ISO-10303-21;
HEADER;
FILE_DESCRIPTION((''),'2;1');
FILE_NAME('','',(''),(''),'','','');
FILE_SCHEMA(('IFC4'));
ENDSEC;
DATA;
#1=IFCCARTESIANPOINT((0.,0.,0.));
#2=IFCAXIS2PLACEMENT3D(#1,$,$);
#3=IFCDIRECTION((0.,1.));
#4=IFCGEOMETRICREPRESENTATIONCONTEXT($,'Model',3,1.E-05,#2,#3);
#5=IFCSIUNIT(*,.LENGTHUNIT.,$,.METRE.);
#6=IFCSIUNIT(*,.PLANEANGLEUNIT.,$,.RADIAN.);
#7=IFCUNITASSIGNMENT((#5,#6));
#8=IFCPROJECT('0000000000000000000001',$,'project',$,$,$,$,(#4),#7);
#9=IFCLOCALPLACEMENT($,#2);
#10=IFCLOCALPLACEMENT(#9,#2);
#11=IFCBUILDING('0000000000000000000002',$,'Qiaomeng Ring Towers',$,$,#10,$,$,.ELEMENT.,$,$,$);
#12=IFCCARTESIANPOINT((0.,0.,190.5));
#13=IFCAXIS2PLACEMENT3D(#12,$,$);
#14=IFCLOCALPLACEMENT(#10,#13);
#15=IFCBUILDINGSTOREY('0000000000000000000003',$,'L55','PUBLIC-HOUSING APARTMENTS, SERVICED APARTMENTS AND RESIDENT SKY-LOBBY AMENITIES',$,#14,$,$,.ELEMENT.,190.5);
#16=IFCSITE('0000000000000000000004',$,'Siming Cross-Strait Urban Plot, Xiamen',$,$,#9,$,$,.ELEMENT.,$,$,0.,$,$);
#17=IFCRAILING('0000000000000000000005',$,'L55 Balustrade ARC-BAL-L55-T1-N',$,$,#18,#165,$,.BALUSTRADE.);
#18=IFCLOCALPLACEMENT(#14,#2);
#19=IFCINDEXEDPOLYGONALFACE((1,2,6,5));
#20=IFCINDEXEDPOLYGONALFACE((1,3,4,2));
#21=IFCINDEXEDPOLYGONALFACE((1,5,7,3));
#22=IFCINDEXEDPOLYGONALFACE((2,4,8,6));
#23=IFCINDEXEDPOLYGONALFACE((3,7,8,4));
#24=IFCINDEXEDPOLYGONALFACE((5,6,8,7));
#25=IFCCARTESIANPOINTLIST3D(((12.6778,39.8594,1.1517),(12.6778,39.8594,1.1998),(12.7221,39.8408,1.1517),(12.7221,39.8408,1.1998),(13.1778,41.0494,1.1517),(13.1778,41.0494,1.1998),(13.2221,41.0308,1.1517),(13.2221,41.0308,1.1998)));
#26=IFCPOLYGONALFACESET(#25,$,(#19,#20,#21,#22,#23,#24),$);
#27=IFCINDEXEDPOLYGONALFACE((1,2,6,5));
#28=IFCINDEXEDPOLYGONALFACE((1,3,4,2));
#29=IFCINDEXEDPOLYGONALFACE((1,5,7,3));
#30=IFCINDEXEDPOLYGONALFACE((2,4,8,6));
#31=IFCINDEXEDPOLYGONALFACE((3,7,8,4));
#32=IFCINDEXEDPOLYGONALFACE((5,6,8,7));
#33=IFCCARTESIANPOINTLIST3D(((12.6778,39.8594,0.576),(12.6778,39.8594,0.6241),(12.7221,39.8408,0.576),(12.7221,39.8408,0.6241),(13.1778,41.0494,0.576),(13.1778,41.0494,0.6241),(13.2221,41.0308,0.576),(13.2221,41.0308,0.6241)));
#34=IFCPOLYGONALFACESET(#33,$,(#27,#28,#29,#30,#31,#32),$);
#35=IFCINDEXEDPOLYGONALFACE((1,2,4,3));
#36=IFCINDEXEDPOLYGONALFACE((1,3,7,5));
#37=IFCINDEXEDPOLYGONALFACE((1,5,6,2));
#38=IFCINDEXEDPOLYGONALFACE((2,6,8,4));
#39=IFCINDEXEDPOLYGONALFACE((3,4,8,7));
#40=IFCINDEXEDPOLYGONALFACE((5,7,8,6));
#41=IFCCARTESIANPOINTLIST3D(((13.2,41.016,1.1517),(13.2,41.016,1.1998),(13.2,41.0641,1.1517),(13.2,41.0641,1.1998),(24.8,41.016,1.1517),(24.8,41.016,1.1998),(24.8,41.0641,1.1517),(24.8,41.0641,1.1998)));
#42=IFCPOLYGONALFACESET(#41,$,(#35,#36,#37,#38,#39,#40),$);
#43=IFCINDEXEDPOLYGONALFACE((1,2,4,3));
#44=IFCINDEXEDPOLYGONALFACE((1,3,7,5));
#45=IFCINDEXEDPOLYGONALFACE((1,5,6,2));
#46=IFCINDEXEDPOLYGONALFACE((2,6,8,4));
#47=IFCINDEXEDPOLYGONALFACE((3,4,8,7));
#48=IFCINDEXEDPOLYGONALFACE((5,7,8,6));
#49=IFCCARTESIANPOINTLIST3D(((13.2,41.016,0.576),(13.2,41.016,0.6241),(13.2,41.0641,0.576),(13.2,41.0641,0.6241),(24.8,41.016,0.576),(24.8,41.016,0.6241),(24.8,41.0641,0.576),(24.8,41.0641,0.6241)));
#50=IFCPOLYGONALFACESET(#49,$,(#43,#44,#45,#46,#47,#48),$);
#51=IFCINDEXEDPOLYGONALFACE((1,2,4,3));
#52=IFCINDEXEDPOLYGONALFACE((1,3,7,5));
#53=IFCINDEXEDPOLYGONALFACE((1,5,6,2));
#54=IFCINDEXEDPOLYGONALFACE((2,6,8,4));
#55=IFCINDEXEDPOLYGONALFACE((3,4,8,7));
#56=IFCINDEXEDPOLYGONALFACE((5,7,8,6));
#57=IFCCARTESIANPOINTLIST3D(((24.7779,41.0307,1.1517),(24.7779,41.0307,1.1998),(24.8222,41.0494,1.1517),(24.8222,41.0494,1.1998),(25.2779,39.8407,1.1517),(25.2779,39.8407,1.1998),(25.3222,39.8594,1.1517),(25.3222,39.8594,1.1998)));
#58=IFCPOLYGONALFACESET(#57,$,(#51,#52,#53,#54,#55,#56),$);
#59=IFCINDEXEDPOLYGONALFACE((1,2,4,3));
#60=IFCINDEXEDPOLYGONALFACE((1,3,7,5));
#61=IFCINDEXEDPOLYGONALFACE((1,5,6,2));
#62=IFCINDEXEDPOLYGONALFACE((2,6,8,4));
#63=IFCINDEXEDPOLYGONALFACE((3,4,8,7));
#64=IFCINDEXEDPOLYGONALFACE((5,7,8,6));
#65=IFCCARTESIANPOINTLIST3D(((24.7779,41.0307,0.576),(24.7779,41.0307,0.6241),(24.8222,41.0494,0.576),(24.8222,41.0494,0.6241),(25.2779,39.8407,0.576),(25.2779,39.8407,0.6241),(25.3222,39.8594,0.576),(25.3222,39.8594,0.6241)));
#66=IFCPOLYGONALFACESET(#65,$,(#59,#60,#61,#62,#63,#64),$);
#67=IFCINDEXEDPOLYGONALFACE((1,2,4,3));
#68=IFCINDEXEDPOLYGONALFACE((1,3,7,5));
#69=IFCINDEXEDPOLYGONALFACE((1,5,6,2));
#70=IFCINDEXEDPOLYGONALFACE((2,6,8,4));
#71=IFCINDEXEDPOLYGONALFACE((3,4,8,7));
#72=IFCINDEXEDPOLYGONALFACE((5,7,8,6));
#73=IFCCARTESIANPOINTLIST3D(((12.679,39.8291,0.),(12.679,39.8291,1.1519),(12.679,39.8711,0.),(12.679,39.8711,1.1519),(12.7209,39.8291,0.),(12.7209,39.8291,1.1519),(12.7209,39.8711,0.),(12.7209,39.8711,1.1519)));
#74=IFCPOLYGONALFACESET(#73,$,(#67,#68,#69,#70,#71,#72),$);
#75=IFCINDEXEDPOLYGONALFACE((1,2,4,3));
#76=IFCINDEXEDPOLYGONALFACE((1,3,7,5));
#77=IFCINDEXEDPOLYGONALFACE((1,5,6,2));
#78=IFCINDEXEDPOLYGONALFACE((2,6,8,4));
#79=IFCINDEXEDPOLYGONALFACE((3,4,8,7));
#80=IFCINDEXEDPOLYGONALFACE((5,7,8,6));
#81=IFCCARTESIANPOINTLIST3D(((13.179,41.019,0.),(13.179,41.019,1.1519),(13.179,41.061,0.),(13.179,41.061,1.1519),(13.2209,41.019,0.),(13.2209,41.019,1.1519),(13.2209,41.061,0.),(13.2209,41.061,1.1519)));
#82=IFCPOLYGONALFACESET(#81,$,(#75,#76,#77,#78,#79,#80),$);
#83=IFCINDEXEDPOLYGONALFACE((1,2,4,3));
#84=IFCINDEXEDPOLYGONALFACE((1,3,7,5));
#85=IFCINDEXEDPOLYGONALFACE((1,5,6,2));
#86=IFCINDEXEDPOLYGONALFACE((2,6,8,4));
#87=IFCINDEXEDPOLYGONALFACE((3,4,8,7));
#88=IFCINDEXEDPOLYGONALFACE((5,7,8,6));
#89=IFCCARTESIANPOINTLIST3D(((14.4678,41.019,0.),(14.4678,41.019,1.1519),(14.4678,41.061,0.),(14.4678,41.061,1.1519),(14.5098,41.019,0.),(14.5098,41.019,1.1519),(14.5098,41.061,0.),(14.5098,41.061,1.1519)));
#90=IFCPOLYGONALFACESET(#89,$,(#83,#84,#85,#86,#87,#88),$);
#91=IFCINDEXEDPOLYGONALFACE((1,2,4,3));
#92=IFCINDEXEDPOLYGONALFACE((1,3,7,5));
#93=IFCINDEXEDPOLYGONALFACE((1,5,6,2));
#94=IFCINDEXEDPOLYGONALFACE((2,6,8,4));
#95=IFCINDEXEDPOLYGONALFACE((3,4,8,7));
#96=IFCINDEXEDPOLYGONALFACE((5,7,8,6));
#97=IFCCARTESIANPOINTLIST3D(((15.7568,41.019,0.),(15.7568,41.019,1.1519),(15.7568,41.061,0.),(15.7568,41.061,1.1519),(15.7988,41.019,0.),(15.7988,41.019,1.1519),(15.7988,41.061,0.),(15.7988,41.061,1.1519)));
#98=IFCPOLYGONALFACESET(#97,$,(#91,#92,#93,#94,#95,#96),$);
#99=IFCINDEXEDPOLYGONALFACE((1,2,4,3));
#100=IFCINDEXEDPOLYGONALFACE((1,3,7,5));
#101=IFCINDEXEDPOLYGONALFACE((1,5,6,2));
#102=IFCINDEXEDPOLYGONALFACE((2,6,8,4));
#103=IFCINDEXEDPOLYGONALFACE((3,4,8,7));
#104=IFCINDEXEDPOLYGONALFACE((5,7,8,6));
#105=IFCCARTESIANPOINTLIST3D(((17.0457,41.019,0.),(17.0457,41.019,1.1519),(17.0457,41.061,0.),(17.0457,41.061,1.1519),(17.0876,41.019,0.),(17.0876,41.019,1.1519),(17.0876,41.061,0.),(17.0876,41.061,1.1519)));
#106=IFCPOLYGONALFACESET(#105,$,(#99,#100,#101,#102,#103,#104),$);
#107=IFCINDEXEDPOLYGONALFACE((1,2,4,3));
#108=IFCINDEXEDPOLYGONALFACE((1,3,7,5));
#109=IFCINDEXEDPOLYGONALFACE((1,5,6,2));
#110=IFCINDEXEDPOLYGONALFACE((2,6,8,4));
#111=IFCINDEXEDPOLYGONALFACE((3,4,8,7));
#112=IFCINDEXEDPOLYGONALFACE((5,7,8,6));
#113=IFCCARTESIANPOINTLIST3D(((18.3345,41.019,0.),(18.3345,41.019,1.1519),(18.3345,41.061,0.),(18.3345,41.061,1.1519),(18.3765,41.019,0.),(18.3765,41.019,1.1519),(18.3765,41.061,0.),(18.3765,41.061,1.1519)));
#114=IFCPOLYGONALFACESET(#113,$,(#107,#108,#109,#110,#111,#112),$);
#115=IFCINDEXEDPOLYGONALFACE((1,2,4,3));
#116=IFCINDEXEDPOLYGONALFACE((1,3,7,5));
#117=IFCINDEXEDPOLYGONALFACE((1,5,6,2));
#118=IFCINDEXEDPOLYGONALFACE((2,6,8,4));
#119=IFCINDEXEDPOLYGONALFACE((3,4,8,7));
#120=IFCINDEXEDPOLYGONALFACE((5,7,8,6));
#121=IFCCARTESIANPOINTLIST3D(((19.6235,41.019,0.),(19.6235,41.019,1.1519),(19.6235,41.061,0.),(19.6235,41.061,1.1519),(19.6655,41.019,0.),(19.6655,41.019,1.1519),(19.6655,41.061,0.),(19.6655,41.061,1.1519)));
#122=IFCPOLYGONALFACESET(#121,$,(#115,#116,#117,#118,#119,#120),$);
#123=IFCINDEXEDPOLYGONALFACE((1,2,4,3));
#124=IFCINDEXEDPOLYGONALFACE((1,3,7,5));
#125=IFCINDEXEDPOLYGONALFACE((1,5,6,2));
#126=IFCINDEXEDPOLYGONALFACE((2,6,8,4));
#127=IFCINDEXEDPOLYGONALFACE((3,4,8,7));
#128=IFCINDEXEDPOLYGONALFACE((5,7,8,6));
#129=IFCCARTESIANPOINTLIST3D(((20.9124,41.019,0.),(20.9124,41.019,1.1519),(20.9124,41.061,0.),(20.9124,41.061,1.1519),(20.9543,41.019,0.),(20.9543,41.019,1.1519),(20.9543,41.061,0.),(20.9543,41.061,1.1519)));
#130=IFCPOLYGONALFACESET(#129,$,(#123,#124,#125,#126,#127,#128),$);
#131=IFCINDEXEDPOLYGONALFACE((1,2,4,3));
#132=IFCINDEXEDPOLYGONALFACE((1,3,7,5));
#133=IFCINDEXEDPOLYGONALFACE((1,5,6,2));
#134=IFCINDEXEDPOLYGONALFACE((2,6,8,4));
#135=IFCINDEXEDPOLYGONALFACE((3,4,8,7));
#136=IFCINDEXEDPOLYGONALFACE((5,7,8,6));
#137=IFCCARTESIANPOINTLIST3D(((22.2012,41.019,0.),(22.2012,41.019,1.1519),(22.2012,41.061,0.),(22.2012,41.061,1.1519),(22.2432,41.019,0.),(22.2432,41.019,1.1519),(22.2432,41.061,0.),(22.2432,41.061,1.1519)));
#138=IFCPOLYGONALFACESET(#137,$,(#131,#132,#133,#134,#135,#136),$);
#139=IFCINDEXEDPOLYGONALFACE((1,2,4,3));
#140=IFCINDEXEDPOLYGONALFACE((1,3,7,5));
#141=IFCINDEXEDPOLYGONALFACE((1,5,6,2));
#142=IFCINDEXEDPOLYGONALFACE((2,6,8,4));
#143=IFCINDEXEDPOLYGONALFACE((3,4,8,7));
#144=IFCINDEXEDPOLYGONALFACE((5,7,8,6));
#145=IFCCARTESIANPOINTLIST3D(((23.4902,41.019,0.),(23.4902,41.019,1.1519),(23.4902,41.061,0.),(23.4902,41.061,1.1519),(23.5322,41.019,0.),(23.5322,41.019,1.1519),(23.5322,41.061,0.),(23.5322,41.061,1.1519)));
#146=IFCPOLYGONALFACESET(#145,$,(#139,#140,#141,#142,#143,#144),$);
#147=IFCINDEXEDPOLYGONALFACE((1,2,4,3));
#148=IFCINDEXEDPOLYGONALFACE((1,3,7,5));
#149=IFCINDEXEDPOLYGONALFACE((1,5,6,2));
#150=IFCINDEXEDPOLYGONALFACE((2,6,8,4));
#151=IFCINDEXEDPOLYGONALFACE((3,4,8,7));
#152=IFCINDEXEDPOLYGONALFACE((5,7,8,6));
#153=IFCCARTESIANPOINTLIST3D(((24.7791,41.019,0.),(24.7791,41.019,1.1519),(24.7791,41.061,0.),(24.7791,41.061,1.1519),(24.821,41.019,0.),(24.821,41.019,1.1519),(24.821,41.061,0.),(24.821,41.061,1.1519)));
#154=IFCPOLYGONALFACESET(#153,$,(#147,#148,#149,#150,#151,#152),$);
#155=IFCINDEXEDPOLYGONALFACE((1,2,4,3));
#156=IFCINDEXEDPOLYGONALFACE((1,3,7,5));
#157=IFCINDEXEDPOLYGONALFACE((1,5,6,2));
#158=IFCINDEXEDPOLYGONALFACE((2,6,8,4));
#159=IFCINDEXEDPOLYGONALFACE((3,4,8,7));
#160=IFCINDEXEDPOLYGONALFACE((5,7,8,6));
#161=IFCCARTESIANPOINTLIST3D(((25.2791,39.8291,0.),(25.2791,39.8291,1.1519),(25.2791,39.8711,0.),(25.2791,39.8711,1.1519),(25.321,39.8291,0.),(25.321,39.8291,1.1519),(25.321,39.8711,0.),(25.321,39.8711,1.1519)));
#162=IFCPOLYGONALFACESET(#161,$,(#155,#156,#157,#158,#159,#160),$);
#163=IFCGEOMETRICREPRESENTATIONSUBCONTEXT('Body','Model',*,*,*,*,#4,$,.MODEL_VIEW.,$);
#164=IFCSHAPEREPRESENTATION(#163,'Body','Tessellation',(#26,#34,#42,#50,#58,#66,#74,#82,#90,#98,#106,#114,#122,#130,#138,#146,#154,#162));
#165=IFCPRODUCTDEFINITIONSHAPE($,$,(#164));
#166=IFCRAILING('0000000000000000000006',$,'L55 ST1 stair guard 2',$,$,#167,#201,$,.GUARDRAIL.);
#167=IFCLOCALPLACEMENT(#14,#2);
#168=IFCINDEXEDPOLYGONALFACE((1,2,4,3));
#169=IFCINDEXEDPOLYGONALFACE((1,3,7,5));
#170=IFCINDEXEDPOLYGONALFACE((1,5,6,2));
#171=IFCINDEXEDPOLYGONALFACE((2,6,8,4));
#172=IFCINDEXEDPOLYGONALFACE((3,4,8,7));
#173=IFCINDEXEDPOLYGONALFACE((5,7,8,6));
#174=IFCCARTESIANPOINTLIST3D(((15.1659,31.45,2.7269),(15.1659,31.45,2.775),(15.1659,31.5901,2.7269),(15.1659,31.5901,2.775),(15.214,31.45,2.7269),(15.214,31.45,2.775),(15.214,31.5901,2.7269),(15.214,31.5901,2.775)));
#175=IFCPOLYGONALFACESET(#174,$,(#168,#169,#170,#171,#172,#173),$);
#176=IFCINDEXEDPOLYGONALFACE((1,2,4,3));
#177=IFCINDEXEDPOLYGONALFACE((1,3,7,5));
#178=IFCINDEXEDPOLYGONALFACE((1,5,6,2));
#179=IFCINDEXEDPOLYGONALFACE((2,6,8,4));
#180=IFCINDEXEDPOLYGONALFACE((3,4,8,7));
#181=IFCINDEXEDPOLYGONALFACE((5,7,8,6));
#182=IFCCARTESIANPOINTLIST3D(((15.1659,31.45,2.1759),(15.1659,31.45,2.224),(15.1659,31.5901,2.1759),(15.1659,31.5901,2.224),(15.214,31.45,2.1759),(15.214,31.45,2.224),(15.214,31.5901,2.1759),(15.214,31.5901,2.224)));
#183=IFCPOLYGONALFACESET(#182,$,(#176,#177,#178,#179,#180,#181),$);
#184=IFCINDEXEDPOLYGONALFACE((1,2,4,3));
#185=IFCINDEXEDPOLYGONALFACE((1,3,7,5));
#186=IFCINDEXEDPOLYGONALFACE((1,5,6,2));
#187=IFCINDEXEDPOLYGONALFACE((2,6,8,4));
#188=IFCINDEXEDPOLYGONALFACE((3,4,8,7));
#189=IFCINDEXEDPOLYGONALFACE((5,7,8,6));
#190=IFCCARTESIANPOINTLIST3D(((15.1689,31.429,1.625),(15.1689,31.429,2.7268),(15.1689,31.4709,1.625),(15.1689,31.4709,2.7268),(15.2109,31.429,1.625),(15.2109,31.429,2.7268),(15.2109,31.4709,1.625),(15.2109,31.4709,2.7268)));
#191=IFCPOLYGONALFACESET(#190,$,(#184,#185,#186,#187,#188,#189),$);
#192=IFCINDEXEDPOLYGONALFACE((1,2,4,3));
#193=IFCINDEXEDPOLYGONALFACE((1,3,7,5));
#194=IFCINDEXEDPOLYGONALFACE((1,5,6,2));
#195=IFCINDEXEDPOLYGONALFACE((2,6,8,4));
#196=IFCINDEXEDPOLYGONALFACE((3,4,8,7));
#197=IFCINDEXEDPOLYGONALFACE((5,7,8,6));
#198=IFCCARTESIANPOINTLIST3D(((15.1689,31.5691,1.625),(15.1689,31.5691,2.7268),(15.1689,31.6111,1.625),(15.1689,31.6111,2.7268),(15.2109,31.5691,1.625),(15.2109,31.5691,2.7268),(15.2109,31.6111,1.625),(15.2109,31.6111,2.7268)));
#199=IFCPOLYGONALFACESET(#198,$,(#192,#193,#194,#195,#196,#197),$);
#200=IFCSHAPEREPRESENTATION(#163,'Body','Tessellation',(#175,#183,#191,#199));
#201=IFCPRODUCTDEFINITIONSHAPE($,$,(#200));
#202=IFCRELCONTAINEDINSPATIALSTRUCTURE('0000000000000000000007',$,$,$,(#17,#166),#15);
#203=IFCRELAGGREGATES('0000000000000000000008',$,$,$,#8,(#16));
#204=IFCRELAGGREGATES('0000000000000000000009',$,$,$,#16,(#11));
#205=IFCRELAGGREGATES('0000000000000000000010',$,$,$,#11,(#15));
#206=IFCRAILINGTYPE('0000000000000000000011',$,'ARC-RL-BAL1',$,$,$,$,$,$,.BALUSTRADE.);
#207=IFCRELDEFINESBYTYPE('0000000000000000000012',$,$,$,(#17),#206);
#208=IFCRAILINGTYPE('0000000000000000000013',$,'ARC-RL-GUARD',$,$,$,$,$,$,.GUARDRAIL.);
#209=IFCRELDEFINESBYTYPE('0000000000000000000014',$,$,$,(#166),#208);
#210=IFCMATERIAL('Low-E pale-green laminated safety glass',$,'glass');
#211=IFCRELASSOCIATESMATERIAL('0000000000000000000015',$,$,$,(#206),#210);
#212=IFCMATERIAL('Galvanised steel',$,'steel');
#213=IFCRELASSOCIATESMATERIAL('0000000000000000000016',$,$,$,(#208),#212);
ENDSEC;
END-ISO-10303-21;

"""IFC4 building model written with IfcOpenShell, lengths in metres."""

from ifc_helpers import new_model, si_unit, direction, frame, origin, origin_2d, place, context, subcontext, project, spatial, rectangle, extrude, material, type_object, element, save


model = new_model("IFC4")

# Units and contexts
model_context = context("Model", 3, precision=1e-05, world=origin(), true_north=direction((0.0, 1.0)))
body_context = subcontext(model_context, "Body", "Model", "MODEL_VIEW")
ifc_project = project(units=[si_unit("LENGTHUNIT", "METRE"), si_unit("PLANEANGLEUNIT", "RADIAN")], contexts=[model_context])

# Site, building, storey
site_placement = place(None, origin())
site = spatial("IfcSite", under=ifc_project, at=site_placement, Name="Siming Cross-Strait Urban Plot, Xiamen", CompositionType="ELEMENT", RefElevation=0.0)
building_placement = place(site_placement, origin())
building = spatial("IfcBuilding", under=site, at=building_placement, Name="Qiaomeng Ring Towers", CompositionType="ELEMENT")
storey_placement = place(building_placement, frame((0.0, 0.0, 190.5)))
storey = spatial("IfcBuildingStorey", under=building, at=storey_placement, Name="L55", Description="PUBLIC-HOUSING APARTMENTS, SERVICED APARTMENTS AND RESIDENT SKY-LOBBY AMENITIES", CompositionType="ELEMENT", Elevation=190.5)

# Shared definitions
ifc_material_1 = material(Name="Galvanised steel", Category="steel")

# Railings
ifc_material_2 = material(Name="Low-E pale-green laminated safety glass", Category="glass")
railing_type_1 = type_object("IfcRailingType", Name="ARC-RL-BAL1", PredefinedType="BALUSTRADE", material=ifc_material_2)
railing_1_placement = place(storey_placement, frame((12.7, 39.8501, 0.0)))
element("IfcRailing", 1, at=railing_1_placement, inside=storey, type_object=railing_type_1, Name="L55 Balustrade ARC-BAL-L55-T1-N", PredefinedType="BALUSTRADE", context=body_context, shape_type="SweptSolid", body=[
    extrude(rectangle(XDim=0.0481, YDim=0.0481, at=origin_2d()), frame((0.0, 0.0, 1.1758), z_axis=(0.38738, 0.92192, 0.0), x_axis=(-0.92192, 0.38738, 0.0)), (0.0, 0.0, 1.0), 1.2908),
    extrude(rectangle(XDim=0.0481, YDim=0.0481, at=origin_2d()), frame((0.0, 0.0, 0.6001), z_axis=(0.38738, 0.92192, 0.0), x_axis=(-0.92192, 0.38738, 0.0)), (0.0, 0.0, 1.0), 1.2908),
    extrude(rectangle(XDim=0.0481, YDim=0.0481, at=origin_2d()), frame((0.5, 1.1899, 1.1758), z_axis=(1.0, 0.0, 0.0), x_axis=(0.0, 1.0, 0.0)), (0.0, 0.0, 1.0), 11.6001),
    extrude(rectangle(XDim=0.0481, YDim=0.0481, at=origin_2d()), frame((0.5, 1.1899, 0.6001), z_axis=(1.0, 0.0, 0.0), x_axis=(0.0, 1.0, 0.0)), (0.0, 0.0, 1.0), 11.6001),
    extrude(rectangle(XDim=0.0481, YDim=0.0481, at=origin_2d()), frame((12.1001, 1.1899, 1.1758), z_axis=(0.38738, -0.92192, 0.0), x_axis=(0.92192, 0.38738, 0.0)), (0.0, 0.0, 1.0), 1.2908),
    extrude(rectangle(XDim=0.0481, YDim=0.0481, at=origin_2d()), frame((12.1001, 1.1899, 0.6001), z_axis=(0.38738, -0.92192, 0.0), x_axis=(0.92192, 0.38738, 0.0)), (0.0, 0.0, 1.0), 1.2908),
    extrude(rectangle(XDim=0.042, YDim=0.042, at=origin_2d()), origin(), (0.0, 0.0, 1.0), 1.1519),
    extrude(rectangle(XDim=0.042, YDim=0.042, at=origin_2d()), frame((0.5, 1.1899, 0.0)), (0.0, 0.0, 1.0), 1.1519),
    extrude(rectangle(XDim=0.042, YDim=0.042, at=origin_2d()), frame((1.7888, 1.1899, 0.0)), (0.0, 0.0, 1.0), 1.1519),
    extrude(rectangle(XDim=0.042, YDim=0.042, at=origin_2d()), frame((3.0779, 1.1899, 0.0)), (0.0, 0.0, 1.0), 1.1519),
    extrude(rectangle(XDim=0.042, YDim=0.042, at=origin_2d()), frame((4.3667, 1.1899, 0.0)), (0.0, 0.0, 1.0), 1.1519),
    extrude(rectangle(XDim=0.042, YDim=0.042, at=origin_2d()), frame((5.6555, 1.1899, 0.0)), (0.0, 0.0, 1.0), 1.1519),
    extrude(rectangle(XDim=0.042, YDim=0.042, at=origin_2d()), frame((6.9446, 1.1899, 0.0)), (0.0, 0.0, 1.0), 1.1519),
    extrude(rectangle(XDim=0.042, YDim=0.042, at=origin_2d()), frame((8.2334, 1.1899, 0.0)), (0.0, 0.0, 1.0), 1.1519),
    extrude(rectangle(XDim=0.042, YDim=0.042, at=origin_2d()), frame((9.5222, 1.1899, 0.0)), (0.0, 0.0, 1.0), 1.1519),
    extrude(rectangle(XDim=0.042, YDim=0.042, at=origin_2d()), frame((10.8113, 1.1899, 0.0)), (0.0, 0.0, 1.0), 1.1519),
    extrude(rectangle(XDim=0.042, YDim=0.042, at=origin_2d()), frame((12.1001, 1.1899, 0.0)), (0.0, 0.0, 1.0), 1.1519),
    extrude(rectangle(XDim=0.042, YDim=0.042, at=origin_2d()), frame((12.6001, 0.0, 0.0)), (0.0, 0.0, 1.0), 1.1519),
])
railing_type_2 = type_object("IfcRailingType", Name="ARC-RL-GUARD", PredefinedType="GUARDRAIL", material=ifc_material_1)
railing_2_placement = place(storey_placement, frame((15.1899, 31.45, 1.625)))
element("IfcRailing", 2, at=railing_2_placement, inside=storey, type_object=railing_type_2, Name="L55 ST1 stair guard 2", PredefinedType="GUARDRAIL", context=body_context, shape_type="SweptSolid", body=[
    extrude(rectangle(XDim=0.0481, YDim=0.0481, at=origin_2d()), frame((0.0, 0.0, 1.126), z_axis=(0.0, 1.0, 0.0), x_axis=(-1.0, 0.0, 0.0)), (0.0, 0.0, 1.0), 0.1401),
    extrude(rectangle(XDim=0.0481, YDim=0.0481, at=origin_2d()), frame((0.0, 0.0, 0.575), z_axis=(0.0, 1.0, 0.0), x_axis=(-1.0, 0.0, 0.0)), (0.0, 0.0, 1.0), 0.1401),
    extrude(rectangle(XDim=0.042, YDim=0.042, at=origin_2d()), origin(), (0.0, 0.0, 1.0), 1.1018),
    extrude(rectangle(XDim=0.042, YDim=0.042, at=origin_2d()), frame((0.0, 0.1401, 0.0)), (0.0, 0.0, 1.0), 1.1018),
])

save(model, "model.ifc")
